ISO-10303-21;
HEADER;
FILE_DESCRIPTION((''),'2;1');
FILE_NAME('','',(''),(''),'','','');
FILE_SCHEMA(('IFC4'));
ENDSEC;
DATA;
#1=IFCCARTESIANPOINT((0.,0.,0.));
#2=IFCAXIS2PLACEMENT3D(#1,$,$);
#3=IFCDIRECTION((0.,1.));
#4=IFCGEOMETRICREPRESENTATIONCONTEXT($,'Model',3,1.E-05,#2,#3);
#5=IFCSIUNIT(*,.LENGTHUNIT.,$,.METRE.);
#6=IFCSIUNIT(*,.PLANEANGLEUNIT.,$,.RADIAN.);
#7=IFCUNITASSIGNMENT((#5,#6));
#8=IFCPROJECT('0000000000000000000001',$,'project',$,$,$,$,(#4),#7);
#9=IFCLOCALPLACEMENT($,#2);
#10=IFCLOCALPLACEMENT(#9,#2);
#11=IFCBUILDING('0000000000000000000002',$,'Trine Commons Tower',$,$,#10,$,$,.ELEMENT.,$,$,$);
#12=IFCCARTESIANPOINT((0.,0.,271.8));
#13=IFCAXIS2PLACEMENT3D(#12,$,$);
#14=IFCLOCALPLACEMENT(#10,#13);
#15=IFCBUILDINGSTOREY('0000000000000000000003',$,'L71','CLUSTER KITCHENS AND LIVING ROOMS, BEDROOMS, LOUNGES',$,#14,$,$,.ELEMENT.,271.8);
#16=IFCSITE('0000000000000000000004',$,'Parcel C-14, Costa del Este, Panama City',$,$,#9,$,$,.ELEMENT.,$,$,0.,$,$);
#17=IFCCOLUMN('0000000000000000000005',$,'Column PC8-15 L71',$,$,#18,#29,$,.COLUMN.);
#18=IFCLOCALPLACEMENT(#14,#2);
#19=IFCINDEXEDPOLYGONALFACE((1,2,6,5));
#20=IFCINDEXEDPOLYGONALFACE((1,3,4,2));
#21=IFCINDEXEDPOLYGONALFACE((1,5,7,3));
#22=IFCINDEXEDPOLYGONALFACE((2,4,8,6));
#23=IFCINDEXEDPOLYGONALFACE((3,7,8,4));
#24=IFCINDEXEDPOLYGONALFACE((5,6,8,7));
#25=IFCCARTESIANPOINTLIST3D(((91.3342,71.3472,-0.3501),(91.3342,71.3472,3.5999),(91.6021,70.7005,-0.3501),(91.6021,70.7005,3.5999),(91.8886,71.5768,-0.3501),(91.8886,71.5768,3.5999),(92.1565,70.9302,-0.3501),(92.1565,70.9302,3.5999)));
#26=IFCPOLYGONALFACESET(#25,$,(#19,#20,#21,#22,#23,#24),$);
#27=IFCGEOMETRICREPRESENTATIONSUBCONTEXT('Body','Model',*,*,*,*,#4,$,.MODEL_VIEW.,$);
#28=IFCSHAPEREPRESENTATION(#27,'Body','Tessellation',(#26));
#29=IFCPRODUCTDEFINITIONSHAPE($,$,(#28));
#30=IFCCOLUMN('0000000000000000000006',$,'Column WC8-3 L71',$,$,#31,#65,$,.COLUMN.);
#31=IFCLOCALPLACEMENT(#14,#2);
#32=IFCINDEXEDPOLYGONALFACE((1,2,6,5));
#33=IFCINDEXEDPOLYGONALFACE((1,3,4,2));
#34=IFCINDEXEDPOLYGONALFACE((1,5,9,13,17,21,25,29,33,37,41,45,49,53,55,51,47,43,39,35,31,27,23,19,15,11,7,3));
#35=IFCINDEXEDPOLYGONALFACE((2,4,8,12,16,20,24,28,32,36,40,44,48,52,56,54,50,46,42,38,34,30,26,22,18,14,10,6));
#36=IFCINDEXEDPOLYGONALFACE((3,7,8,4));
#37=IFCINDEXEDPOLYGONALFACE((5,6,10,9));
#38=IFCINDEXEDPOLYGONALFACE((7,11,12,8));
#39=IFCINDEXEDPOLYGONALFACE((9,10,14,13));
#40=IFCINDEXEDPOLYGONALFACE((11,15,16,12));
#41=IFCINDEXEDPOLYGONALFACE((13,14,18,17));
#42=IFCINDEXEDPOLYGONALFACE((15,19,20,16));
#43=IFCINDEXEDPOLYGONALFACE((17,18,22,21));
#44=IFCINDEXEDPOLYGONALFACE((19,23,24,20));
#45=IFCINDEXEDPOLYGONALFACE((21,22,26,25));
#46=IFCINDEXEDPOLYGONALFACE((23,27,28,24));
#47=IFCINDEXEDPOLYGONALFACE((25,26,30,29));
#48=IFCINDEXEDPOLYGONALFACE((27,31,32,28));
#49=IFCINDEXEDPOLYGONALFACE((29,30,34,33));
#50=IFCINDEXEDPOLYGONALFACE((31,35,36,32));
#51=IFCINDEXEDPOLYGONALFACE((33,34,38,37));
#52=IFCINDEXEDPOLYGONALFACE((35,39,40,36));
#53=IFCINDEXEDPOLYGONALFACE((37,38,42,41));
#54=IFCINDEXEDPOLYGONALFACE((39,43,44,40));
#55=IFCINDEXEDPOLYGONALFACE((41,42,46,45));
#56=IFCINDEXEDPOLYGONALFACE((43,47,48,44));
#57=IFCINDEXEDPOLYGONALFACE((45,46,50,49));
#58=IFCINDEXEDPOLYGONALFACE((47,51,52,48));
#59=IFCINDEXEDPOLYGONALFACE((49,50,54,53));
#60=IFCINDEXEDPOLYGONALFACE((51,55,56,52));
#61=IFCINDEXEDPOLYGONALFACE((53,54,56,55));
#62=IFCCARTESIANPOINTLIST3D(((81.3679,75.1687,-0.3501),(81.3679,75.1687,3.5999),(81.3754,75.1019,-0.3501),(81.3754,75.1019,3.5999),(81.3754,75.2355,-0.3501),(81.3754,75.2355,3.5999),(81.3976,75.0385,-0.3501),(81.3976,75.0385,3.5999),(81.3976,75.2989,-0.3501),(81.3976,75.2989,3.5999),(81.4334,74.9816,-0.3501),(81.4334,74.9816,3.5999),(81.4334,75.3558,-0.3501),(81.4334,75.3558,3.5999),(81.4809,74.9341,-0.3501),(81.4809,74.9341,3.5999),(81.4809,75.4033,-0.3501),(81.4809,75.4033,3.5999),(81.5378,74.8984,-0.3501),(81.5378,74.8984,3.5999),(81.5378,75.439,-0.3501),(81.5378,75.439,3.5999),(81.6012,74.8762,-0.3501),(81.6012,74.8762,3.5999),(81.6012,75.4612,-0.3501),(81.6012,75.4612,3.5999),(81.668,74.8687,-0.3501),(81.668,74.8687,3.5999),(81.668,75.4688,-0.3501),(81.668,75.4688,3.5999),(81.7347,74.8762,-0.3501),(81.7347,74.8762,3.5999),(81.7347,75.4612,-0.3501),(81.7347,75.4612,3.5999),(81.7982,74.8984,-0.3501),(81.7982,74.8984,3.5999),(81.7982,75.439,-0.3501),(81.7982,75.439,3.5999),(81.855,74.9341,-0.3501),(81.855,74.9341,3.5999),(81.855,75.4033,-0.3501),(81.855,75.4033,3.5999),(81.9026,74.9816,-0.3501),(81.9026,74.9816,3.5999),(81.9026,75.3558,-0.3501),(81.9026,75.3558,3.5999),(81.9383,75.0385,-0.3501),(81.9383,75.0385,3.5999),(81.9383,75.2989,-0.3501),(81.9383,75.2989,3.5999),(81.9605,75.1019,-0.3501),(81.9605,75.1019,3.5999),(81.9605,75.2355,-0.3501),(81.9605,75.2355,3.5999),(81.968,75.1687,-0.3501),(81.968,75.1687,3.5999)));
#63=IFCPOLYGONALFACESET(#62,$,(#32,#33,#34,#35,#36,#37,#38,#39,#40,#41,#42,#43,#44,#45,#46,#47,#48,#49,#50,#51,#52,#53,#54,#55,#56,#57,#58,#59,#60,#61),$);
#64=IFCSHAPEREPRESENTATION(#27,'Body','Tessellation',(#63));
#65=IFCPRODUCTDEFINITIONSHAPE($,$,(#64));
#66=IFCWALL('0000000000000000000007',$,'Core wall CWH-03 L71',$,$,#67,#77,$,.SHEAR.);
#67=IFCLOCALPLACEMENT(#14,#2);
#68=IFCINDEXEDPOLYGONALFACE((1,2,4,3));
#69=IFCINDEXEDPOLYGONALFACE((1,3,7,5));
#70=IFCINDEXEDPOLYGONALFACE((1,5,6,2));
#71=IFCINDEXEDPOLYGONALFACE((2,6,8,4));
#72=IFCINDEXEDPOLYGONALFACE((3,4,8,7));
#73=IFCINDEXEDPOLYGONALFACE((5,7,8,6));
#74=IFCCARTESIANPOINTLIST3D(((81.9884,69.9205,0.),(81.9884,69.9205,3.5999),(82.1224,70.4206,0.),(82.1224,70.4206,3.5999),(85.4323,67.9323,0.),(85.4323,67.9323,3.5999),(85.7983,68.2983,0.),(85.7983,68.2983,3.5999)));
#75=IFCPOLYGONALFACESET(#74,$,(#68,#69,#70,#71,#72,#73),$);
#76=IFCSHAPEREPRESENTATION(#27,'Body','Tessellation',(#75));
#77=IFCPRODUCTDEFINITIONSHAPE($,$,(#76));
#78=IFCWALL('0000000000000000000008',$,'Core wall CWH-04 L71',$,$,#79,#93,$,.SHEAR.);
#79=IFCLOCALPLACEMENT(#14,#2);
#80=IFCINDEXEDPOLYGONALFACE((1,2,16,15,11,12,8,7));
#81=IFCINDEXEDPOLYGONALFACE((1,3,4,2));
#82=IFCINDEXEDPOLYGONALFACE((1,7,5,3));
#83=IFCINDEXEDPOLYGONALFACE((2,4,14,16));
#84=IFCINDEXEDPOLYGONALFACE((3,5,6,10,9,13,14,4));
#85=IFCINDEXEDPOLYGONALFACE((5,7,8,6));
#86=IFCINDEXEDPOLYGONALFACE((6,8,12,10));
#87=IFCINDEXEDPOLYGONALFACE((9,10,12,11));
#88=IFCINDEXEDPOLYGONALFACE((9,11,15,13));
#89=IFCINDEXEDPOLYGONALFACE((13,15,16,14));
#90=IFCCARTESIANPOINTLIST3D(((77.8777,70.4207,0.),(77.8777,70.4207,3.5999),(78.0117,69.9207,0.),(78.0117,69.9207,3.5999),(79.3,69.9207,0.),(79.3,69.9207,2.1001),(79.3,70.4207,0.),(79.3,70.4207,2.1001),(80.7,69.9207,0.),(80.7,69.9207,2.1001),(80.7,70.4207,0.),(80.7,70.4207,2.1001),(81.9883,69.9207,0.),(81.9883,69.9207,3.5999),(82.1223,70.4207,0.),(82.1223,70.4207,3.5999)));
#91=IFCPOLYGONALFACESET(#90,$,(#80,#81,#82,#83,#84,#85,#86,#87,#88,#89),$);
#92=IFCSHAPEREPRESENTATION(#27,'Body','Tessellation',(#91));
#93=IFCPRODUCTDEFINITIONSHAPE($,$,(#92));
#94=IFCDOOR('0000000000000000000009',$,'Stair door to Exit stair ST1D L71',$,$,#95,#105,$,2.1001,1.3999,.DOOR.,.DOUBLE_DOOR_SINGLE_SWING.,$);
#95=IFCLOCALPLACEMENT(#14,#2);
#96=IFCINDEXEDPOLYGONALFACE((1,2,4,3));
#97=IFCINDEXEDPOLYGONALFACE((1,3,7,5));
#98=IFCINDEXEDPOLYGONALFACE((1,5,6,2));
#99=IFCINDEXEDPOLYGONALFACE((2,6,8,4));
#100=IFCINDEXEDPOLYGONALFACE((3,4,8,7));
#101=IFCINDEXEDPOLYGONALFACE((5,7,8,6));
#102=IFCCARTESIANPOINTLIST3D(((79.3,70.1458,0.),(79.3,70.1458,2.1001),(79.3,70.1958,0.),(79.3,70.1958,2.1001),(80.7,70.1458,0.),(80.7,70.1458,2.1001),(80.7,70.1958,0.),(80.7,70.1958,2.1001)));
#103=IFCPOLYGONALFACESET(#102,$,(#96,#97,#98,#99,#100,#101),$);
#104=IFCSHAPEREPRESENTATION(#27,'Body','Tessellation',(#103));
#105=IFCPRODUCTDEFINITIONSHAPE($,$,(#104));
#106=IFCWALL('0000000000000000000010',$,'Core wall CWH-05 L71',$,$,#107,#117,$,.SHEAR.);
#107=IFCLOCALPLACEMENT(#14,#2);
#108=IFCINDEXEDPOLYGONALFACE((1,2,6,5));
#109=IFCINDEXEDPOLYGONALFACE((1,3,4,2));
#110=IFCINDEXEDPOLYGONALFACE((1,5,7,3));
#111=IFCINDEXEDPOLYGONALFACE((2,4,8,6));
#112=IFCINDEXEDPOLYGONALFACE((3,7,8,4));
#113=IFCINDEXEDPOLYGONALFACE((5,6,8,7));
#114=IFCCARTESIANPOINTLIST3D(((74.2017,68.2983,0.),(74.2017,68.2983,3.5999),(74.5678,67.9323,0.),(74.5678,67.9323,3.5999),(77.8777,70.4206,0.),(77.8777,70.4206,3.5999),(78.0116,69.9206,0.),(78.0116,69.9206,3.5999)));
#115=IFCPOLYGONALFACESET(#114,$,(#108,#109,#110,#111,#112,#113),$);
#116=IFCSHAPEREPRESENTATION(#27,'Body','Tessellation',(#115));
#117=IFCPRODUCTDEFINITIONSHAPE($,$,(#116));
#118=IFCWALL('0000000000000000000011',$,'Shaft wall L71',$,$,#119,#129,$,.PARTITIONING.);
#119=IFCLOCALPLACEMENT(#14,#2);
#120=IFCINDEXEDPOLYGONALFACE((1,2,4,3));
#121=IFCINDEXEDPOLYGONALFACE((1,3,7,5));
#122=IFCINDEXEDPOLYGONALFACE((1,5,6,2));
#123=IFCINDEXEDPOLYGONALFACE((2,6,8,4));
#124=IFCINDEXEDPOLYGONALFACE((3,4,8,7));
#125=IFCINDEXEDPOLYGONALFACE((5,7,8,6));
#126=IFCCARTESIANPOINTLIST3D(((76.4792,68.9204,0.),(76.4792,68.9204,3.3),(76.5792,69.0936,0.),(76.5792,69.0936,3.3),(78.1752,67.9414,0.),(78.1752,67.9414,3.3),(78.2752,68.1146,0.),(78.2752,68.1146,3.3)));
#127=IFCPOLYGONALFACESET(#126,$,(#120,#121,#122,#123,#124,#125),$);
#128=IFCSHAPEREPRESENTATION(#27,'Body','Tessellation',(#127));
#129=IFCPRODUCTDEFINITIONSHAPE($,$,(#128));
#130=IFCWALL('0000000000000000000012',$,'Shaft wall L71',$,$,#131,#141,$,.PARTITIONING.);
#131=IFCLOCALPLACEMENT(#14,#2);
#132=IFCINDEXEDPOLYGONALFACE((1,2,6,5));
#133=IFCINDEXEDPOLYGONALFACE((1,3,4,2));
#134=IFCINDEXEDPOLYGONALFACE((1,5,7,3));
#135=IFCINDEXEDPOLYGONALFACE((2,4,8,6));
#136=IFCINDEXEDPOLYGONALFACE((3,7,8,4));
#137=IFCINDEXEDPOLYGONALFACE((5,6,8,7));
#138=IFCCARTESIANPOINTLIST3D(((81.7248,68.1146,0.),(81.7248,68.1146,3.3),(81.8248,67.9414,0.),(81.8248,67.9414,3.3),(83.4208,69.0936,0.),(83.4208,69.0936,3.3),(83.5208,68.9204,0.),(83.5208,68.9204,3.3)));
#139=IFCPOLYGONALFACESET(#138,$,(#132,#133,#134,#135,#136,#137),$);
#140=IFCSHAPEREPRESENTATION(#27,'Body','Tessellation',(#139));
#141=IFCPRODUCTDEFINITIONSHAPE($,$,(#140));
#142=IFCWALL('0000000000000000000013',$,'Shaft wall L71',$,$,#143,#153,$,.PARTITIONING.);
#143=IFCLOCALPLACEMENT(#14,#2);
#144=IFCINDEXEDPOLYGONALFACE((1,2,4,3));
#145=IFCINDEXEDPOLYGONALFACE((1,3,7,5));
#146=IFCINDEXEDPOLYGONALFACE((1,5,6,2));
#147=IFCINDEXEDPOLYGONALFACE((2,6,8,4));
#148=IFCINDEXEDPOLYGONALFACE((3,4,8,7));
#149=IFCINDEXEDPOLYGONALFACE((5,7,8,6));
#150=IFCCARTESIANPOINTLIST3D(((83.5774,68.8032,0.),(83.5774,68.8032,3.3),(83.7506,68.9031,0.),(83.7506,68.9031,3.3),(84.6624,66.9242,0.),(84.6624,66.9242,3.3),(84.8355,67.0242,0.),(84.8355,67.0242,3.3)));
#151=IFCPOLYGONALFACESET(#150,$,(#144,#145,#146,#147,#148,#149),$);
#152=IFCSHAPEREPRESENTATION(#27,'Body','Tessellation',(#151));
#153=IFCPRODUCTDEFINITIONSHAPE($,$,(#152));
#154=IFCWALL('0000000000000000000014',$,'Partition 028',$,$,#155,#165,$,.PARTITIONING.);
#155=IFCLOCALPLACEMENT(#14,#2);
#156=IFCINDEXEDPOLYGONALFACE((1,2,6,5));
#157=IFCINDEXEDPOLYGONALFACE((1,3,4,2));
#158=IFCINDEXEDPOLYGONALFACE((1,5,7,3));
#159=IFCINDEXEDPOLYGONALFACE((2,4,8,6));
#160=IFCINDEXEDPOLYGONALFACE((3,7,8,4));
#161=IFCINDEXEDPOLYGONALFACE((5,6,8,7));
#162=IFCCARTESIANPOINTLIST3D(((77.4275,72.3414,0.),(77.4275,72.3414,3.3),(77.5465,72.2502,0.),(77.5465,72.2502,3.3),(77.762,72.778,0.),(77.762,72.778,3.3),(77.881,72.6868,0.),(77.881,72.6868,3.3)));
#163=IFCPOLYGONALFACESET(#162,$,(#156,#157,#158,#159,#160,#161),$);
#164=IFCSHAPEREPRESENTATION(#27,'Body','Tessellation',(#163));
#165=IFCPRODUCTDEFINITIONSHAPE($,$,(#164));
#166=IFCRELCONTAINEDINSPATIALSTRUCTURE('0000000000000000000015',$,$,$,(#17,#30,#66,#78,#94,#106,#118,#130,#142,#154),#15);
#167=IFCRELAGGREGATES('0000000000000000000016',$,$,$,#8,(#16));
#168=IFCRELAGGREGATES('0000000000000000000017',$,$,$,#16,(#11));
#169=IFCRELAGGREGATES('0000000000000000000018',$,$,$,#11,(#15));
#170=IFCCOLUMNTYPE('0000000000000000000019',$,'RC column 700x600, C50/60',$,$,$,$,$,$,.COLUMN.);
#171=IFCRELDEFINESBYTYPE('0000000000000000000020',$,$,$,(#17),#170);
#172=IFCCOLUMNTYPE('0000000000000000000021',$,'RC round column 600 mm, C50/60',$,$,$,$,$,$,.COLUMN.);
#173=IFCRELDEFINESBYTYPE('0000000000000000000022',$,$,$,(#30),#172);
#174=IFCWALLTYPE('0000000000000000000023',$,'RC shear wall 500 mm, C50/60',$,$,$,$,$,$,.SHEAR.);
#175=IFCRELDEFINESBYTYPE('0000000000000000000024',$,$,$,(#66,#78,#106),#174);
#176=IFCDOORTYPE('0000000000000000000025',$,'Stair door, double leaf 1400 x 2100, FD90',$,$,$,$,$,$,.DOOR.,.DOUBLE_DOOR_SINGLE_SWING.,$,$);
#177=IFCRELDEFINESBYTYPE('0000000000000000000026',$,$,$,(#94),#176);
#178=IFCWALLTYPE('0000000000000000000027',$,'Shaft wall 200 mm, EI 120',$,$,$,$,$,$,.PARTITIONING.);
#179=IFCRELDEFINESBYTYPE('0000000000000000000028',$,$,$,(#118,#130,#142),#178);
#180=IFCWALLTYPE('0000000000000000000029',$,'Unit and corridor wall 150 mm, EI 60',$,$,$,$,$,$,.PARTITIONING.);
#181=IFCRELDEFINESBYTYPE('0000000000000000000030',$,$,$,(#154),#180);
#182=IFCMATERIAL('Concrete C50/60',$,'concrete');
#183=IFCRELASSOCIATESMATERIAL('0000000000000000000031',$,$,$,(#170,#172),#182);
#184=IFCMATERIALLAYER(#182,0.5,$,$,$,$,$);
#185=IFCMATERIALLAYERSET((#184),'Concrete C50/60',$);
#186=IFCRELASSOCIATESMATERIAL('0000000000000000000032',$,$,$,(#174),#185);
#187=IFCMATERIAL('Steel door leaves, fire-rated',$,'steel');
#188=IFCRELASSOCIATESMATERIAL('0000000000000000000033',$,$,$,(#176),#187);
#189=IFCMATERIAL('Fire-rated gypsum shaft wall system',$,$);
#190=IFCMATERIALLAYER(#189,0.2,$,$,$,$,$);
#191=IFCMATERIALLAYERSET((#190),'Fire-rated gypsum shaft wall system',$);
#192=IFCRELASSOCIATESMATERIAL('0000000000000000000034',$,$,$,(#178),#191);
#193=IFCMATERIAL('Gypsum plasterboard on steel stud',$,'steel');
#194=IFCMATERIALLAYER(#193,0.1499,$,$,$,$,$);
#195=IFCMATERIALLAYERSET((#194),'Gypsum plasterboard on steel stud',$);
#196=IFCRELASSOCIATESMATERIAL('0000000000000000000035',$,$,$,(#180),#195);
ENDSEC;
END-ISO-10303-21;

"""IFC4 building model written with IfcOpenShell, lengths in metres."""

from ifc_helpers import new_model, si_unit, direction, frame, frame_2d, origin, origin_2d, place, context, subcontext, project, spatial, polyline, rectangle, circle, outline, extrude, material, layer, layer_set, material_profile, profile_set, type_object, element, fill, save


model = new_model("IFC4")

# Units and contexts
model_context = context("Model", 3, precision=1e-05, world=origin(), true_north=direction((0.0, 1.0)))
body_context = subcontext(model_context, "Body", "Model", "MODEL_VIEW")
ifc_project = project(units=[si_unit("LENGTHUNIT", "METRE"), si_unit("PLANEANGLEUNIT", "RADIAN")], contexts=[model_context])

# Site, building, storey
site_placement = place(None, origin())
site = spatial("IfcSite", under=ifc_project, at=site_placement, Name="Parcel C-14, Costa del Este, Panama City", CompositionType="ELEMENT", RefElevation=0.0)
building_placement = place(site_placement, origin())
building = spatial("IfcBuilding", under=site, at=building_placement, Name="Trine Commons Tower", CompositionType="ELEMENT")
storey_placement = place(building_placement, frame((0.0, 0.0, 271.8)))
storey = spatial("IfcBuildingStorey", under=building, at=storey_placement, Name="L71", Description="CLUSTER KITCHENS AND LIVING ROOMS, BEDROOMS, LOUNGES", CompositionType="ELEMENT", Elevation=271.8)

# Columns
ifc_material_1 = material(Name="Concrete C50/60", Category="concrete")
ifc_material_profile_1 = material_profile(ifc_material_1, rectangle(XDim=0.7, YDim=0.6001, at=origin_2d()), Name="RC 700x600")
ifc_profile_set_1 = profile_set([ifc_material_profile_1], Name="Concrete C50/60")
column_type_1 = type_object("IfcColumnType", Name="RC column 700x600, C50/60", PredefinedType="COLUMN", material=ifc_profile_set_1)
column_1_placement = place(storey_placement, frame((91.7454, 71.1387, -0.3501), z_axis=(0.0, 0.0, 1.0), x_axis=(-0.382683, 0.92388, 0.0)))
element("IfcColumn", 1, at=column_1_placement, inside=storey, type_object=column_type_1, Name="Column PC8-15 L71", PredefinedType="COLUMN", context=body_context, shape_type="SweptSolid", body=[
    extrude(rectangle(XDim=0.7, YDim=0.6001, at=origin_2d()), origin(), (0.0, 0.0, 1.0), 3.95),
])
ifc_material_profile_2 = material_profile(ifc_material_1, circle(Radius=0.3, at=origin_2d()), Name="RC round 600")
ifc_profile_set_2 = profile_set([ifc_material_profile_2], Name="Concrete C50/60")
column_type_2 = type_object("IfcColumnType", Name="RC round column 600 mm, C50/60", PredefinedType="COLUMN", material=ifc_profile_set_2)
column_2_placement = place(storey_placement, frame((81.668, 75.1687, -0.3501), z_axis=(0.0, 0.0, 1.0), x_axis=(1.0, 0.0, 0.0)))
element("IfcColumn", 2, at=column_2_placement, inside=storey, type_object=column_type_2, Name="Column WC8-3 L71", PredefinedType="COLUMN", context=body_context, shape_type="SweptSolid", body=[
    extrude(circle(Radius=0.3, at=origin_2d()), origin(), (0.0, 0.0, 1.0), 3.95),
])

# Wall
ifc_layer_1 = layer(ifc_material_1, 0.5)
ifc_layer_set_1 = layer_set([ifc_layer_1], Name="Concrete C50/60")
wall_type_1 = type_object("IfcWallType", Name="RC shear wall 500 mm, C50/60", PredefinedType="SHEAR", material=ifc_layer_set_1)
wall_1_placement = place(storey_placement, frame((85.6733, 68.0818, 0.0), z_axis=(0.0, 0.0, 1.0), x_axis=(-0.866029, 0.499993, 0.0)))
element("IfcWall", 3, at=wall_1_placement, inside=storey, type_object=wall_type_1, Name="Core wall CWH-03 L71", PredefinedType="SHEAR", context=body_context, shape_type="SweptSolid", body=[
    extrude(outline(polyline([(0.0, -0.25), (4.2446, -0.25), (4.1106, 0.25), (0.134, 0.25), (0.0, -0.25)])), origin(), (0.0, 0.0, 1.0), 3.5999),
])

# Wall, opening, door
wall_2_placement = place(storey_placement, frame((82.1223, 70.1707, 0.0), z_axis=(0.0, 0.0, 1.0), x_axis=(-1.0, 0.0, 0.0)))
wall_2 = element("IfcWall", 4, at=wall_2_placement, inside=storey, type_object=wall_type_1, Name="Core wall CWH-04 L71", PredefinedType="SHEAR", context=body_context, shape_type="SweptSolid", body=[
    extrude(outline(polyline([(0.0, -0.25), (4.2446, -0.25), (4.1106, 0.25), (0.134, 0.25), (0.0, -0.25)])), origin(), (0.0, 0.0, 1.0), 3.5999),
])
opening_1_placement = place(wall_2_placement, frame((1.4224, 0.0, 0.0)))
opening_1 = element("IfcOpeningElement", 5, at=opening_1_placement, cuts=wall_2, PredefinedType="OPENING", context=body_context, shape_type="SweptSolid", body=[
    extrude(rectangle(XDim=1.3999, YDim=2.1001, at=frame_2d((0.7, 1.05))), frame((0.0, 0.26, 0.0), z_axis=(0.0, -1.0, 0.0), x_axis=(1.0, 0.0, 0.0)), (0.0, 0.0, 1.0), 0.52),
])
ifc_material_2 = material(Name="Steel door leaves, fire-rated", Category="steel")
door_type_1 = type_object("IfcDoorType", Name="Stair door, double leaf 1400 x 2100, FD90", OperationType="DOUBLE_DOOR_SINGLE_SWING", PredefinedType="DOOR", material=ifc_material_2)
door_1_placement = place(opening_1_placement, origin())
door_1 = element("IfcDoor", 6, at=door_1_placement, inside=storey, type_object=door_type_1, Name="Stair door to Exit stair ST1D L71", OperationType="DOUBLE_DOOR_SINGLE_SWING", OverallHeight=2.1001, OverallWidth=1.3999, PredefinedType="DOOR", context=body_context, shape_type="SweptSolid", body=[
    extrude(rectangle(XDim=1.3999, YDim=2.1001, at=frame_2d((0.7, 1.05))), frame((0.0, 0.0249, 0.0), z_axis=(0.0, -1.0, 0.0), x_axis=(1.0, 0.0, 0.0)), (0.0, 0.0, 1.0), 0.05),
])
fill(opening_1, door_1)

# Walls
wall_3_placement = place(storey_placement, frame((78.0027, 70.2041, 0.0), z_axis=(0.0, 0.0, 1.0), x_axis=(-0.866029, -0.499993, 0.0)))
element("IfcWall", 7, at=wall_3_placement, inside=storey, type_object=wall_type_1, Name="Core wall CWH-05 L71", PredefinedType="SHEAR", context=body_context, shape_type="SweptSolid", body=[
    extrude(outline(polyline([(0.0, -0.25), (4.2446, -0.25), (4.1106, 0.25), (0.134, 0.25), (0.0, -0.25)])), origin(), (0.0, 0.0, 1.0), 3.5999),
])
ifc_material_3 = material(Name="Fire-rated gypsum shaft wall system")
ifc_layer_2 = layer(ifc_material_3, 0.2)
ifc_layer_set_2 = layer_set([ifc_layer_2], Name="Fire-rated gypsum shaft wall system")
wall_type_2 = type_object("IfcWallType", Name="Shaft wall 200 mm, EI 120", PredefinedType="PARTITIONING", material=ifc_layer_set_2)
for number, where, z_axis, x_axis, name in (
    (8, (78.2251, 68.0281, 0.0), (0.0, 0.0, 1.0), (-0.866071, 0.49992, 0.0), "Shaft wall L71"),
    (9, (81.7749, 68.0281, 0.0), (0.0, 0.0, 1.0), (0.866071, 0.49992, 0.0), "Shaft wall L71"),
):
    element("IfcWall", number, at=place(storey_placement, frame(where, z_axis=z_axis, x_axis=x_axis)), inside=storey, type_object=wall_type_2, Name=name, PredefinedType="PARTITIONING", context=body_context, shape_type="SweptSolid", body=[
        extrude(rectangle(XDim=1.9583, YDim=0.2, at=frame_2d((0.979, 0.0))), origin(), (0.0, 0.0, 1.0), 3.3),
    ])
wall_4_placement = place(storey_placement, frame((84.749, 66.9741, 0.0), z_axis=(0.0, 0.0, 1.0), x_axis=(-0.50006, 0.865991, 0.0)))
element("IfcWall", 10, at=wall_4_placement, inside=storey, type_object=wall_type_2, Name="Shaft wall L71", PredefinedType="PARTITIONING", context=body_context, shape_type="SweptSolid", body=[
    extrude(rectangle(XDim=2.1697, YDim=0.2, at=frame_2d((1.085, 0.0))), origin(), (0.0, 0.0, 1.0), 3.3),
])
ifc_material_4 = material(Name="Gypsum plasterboard on steel stud", Category="steel")
ifc_layer_3 = layer(ifc_material_4, 0.1499)
ifc_layer_set_3 = layer_set([ifc_layer_3], Name="Gypsum plasterboard on steel stud")
wall_type_3 = type_object("IfcWallType", Name="Unit and corridor wall 150 mm, EI 60", PredefinedType="PARTITIONING", material=ifc_layer_set_3)
wall_5_placement = place(storey_placement, frame((77.4871, 72.2959, 0.0), z_axis=(0.0, 0.0, 1.0), x_axis=(0.608208, 0.793778, 0.0)))
element("IfcWall", 11, at=wall_5_placement, inside=storey, type_object=wall_type_3, Name="Partition 028", PredefinedType="PARTITIONING", context=body_context, shape_type="SweptSolid", body=[
    extrude(rectangle(XDim=0.55, YDim=0.1499, at=frame_2d((0.2749, 0.0))), origin(), (0.0, 0.0, 1.0), 3.3),
])

save(model, "model.ifc")
